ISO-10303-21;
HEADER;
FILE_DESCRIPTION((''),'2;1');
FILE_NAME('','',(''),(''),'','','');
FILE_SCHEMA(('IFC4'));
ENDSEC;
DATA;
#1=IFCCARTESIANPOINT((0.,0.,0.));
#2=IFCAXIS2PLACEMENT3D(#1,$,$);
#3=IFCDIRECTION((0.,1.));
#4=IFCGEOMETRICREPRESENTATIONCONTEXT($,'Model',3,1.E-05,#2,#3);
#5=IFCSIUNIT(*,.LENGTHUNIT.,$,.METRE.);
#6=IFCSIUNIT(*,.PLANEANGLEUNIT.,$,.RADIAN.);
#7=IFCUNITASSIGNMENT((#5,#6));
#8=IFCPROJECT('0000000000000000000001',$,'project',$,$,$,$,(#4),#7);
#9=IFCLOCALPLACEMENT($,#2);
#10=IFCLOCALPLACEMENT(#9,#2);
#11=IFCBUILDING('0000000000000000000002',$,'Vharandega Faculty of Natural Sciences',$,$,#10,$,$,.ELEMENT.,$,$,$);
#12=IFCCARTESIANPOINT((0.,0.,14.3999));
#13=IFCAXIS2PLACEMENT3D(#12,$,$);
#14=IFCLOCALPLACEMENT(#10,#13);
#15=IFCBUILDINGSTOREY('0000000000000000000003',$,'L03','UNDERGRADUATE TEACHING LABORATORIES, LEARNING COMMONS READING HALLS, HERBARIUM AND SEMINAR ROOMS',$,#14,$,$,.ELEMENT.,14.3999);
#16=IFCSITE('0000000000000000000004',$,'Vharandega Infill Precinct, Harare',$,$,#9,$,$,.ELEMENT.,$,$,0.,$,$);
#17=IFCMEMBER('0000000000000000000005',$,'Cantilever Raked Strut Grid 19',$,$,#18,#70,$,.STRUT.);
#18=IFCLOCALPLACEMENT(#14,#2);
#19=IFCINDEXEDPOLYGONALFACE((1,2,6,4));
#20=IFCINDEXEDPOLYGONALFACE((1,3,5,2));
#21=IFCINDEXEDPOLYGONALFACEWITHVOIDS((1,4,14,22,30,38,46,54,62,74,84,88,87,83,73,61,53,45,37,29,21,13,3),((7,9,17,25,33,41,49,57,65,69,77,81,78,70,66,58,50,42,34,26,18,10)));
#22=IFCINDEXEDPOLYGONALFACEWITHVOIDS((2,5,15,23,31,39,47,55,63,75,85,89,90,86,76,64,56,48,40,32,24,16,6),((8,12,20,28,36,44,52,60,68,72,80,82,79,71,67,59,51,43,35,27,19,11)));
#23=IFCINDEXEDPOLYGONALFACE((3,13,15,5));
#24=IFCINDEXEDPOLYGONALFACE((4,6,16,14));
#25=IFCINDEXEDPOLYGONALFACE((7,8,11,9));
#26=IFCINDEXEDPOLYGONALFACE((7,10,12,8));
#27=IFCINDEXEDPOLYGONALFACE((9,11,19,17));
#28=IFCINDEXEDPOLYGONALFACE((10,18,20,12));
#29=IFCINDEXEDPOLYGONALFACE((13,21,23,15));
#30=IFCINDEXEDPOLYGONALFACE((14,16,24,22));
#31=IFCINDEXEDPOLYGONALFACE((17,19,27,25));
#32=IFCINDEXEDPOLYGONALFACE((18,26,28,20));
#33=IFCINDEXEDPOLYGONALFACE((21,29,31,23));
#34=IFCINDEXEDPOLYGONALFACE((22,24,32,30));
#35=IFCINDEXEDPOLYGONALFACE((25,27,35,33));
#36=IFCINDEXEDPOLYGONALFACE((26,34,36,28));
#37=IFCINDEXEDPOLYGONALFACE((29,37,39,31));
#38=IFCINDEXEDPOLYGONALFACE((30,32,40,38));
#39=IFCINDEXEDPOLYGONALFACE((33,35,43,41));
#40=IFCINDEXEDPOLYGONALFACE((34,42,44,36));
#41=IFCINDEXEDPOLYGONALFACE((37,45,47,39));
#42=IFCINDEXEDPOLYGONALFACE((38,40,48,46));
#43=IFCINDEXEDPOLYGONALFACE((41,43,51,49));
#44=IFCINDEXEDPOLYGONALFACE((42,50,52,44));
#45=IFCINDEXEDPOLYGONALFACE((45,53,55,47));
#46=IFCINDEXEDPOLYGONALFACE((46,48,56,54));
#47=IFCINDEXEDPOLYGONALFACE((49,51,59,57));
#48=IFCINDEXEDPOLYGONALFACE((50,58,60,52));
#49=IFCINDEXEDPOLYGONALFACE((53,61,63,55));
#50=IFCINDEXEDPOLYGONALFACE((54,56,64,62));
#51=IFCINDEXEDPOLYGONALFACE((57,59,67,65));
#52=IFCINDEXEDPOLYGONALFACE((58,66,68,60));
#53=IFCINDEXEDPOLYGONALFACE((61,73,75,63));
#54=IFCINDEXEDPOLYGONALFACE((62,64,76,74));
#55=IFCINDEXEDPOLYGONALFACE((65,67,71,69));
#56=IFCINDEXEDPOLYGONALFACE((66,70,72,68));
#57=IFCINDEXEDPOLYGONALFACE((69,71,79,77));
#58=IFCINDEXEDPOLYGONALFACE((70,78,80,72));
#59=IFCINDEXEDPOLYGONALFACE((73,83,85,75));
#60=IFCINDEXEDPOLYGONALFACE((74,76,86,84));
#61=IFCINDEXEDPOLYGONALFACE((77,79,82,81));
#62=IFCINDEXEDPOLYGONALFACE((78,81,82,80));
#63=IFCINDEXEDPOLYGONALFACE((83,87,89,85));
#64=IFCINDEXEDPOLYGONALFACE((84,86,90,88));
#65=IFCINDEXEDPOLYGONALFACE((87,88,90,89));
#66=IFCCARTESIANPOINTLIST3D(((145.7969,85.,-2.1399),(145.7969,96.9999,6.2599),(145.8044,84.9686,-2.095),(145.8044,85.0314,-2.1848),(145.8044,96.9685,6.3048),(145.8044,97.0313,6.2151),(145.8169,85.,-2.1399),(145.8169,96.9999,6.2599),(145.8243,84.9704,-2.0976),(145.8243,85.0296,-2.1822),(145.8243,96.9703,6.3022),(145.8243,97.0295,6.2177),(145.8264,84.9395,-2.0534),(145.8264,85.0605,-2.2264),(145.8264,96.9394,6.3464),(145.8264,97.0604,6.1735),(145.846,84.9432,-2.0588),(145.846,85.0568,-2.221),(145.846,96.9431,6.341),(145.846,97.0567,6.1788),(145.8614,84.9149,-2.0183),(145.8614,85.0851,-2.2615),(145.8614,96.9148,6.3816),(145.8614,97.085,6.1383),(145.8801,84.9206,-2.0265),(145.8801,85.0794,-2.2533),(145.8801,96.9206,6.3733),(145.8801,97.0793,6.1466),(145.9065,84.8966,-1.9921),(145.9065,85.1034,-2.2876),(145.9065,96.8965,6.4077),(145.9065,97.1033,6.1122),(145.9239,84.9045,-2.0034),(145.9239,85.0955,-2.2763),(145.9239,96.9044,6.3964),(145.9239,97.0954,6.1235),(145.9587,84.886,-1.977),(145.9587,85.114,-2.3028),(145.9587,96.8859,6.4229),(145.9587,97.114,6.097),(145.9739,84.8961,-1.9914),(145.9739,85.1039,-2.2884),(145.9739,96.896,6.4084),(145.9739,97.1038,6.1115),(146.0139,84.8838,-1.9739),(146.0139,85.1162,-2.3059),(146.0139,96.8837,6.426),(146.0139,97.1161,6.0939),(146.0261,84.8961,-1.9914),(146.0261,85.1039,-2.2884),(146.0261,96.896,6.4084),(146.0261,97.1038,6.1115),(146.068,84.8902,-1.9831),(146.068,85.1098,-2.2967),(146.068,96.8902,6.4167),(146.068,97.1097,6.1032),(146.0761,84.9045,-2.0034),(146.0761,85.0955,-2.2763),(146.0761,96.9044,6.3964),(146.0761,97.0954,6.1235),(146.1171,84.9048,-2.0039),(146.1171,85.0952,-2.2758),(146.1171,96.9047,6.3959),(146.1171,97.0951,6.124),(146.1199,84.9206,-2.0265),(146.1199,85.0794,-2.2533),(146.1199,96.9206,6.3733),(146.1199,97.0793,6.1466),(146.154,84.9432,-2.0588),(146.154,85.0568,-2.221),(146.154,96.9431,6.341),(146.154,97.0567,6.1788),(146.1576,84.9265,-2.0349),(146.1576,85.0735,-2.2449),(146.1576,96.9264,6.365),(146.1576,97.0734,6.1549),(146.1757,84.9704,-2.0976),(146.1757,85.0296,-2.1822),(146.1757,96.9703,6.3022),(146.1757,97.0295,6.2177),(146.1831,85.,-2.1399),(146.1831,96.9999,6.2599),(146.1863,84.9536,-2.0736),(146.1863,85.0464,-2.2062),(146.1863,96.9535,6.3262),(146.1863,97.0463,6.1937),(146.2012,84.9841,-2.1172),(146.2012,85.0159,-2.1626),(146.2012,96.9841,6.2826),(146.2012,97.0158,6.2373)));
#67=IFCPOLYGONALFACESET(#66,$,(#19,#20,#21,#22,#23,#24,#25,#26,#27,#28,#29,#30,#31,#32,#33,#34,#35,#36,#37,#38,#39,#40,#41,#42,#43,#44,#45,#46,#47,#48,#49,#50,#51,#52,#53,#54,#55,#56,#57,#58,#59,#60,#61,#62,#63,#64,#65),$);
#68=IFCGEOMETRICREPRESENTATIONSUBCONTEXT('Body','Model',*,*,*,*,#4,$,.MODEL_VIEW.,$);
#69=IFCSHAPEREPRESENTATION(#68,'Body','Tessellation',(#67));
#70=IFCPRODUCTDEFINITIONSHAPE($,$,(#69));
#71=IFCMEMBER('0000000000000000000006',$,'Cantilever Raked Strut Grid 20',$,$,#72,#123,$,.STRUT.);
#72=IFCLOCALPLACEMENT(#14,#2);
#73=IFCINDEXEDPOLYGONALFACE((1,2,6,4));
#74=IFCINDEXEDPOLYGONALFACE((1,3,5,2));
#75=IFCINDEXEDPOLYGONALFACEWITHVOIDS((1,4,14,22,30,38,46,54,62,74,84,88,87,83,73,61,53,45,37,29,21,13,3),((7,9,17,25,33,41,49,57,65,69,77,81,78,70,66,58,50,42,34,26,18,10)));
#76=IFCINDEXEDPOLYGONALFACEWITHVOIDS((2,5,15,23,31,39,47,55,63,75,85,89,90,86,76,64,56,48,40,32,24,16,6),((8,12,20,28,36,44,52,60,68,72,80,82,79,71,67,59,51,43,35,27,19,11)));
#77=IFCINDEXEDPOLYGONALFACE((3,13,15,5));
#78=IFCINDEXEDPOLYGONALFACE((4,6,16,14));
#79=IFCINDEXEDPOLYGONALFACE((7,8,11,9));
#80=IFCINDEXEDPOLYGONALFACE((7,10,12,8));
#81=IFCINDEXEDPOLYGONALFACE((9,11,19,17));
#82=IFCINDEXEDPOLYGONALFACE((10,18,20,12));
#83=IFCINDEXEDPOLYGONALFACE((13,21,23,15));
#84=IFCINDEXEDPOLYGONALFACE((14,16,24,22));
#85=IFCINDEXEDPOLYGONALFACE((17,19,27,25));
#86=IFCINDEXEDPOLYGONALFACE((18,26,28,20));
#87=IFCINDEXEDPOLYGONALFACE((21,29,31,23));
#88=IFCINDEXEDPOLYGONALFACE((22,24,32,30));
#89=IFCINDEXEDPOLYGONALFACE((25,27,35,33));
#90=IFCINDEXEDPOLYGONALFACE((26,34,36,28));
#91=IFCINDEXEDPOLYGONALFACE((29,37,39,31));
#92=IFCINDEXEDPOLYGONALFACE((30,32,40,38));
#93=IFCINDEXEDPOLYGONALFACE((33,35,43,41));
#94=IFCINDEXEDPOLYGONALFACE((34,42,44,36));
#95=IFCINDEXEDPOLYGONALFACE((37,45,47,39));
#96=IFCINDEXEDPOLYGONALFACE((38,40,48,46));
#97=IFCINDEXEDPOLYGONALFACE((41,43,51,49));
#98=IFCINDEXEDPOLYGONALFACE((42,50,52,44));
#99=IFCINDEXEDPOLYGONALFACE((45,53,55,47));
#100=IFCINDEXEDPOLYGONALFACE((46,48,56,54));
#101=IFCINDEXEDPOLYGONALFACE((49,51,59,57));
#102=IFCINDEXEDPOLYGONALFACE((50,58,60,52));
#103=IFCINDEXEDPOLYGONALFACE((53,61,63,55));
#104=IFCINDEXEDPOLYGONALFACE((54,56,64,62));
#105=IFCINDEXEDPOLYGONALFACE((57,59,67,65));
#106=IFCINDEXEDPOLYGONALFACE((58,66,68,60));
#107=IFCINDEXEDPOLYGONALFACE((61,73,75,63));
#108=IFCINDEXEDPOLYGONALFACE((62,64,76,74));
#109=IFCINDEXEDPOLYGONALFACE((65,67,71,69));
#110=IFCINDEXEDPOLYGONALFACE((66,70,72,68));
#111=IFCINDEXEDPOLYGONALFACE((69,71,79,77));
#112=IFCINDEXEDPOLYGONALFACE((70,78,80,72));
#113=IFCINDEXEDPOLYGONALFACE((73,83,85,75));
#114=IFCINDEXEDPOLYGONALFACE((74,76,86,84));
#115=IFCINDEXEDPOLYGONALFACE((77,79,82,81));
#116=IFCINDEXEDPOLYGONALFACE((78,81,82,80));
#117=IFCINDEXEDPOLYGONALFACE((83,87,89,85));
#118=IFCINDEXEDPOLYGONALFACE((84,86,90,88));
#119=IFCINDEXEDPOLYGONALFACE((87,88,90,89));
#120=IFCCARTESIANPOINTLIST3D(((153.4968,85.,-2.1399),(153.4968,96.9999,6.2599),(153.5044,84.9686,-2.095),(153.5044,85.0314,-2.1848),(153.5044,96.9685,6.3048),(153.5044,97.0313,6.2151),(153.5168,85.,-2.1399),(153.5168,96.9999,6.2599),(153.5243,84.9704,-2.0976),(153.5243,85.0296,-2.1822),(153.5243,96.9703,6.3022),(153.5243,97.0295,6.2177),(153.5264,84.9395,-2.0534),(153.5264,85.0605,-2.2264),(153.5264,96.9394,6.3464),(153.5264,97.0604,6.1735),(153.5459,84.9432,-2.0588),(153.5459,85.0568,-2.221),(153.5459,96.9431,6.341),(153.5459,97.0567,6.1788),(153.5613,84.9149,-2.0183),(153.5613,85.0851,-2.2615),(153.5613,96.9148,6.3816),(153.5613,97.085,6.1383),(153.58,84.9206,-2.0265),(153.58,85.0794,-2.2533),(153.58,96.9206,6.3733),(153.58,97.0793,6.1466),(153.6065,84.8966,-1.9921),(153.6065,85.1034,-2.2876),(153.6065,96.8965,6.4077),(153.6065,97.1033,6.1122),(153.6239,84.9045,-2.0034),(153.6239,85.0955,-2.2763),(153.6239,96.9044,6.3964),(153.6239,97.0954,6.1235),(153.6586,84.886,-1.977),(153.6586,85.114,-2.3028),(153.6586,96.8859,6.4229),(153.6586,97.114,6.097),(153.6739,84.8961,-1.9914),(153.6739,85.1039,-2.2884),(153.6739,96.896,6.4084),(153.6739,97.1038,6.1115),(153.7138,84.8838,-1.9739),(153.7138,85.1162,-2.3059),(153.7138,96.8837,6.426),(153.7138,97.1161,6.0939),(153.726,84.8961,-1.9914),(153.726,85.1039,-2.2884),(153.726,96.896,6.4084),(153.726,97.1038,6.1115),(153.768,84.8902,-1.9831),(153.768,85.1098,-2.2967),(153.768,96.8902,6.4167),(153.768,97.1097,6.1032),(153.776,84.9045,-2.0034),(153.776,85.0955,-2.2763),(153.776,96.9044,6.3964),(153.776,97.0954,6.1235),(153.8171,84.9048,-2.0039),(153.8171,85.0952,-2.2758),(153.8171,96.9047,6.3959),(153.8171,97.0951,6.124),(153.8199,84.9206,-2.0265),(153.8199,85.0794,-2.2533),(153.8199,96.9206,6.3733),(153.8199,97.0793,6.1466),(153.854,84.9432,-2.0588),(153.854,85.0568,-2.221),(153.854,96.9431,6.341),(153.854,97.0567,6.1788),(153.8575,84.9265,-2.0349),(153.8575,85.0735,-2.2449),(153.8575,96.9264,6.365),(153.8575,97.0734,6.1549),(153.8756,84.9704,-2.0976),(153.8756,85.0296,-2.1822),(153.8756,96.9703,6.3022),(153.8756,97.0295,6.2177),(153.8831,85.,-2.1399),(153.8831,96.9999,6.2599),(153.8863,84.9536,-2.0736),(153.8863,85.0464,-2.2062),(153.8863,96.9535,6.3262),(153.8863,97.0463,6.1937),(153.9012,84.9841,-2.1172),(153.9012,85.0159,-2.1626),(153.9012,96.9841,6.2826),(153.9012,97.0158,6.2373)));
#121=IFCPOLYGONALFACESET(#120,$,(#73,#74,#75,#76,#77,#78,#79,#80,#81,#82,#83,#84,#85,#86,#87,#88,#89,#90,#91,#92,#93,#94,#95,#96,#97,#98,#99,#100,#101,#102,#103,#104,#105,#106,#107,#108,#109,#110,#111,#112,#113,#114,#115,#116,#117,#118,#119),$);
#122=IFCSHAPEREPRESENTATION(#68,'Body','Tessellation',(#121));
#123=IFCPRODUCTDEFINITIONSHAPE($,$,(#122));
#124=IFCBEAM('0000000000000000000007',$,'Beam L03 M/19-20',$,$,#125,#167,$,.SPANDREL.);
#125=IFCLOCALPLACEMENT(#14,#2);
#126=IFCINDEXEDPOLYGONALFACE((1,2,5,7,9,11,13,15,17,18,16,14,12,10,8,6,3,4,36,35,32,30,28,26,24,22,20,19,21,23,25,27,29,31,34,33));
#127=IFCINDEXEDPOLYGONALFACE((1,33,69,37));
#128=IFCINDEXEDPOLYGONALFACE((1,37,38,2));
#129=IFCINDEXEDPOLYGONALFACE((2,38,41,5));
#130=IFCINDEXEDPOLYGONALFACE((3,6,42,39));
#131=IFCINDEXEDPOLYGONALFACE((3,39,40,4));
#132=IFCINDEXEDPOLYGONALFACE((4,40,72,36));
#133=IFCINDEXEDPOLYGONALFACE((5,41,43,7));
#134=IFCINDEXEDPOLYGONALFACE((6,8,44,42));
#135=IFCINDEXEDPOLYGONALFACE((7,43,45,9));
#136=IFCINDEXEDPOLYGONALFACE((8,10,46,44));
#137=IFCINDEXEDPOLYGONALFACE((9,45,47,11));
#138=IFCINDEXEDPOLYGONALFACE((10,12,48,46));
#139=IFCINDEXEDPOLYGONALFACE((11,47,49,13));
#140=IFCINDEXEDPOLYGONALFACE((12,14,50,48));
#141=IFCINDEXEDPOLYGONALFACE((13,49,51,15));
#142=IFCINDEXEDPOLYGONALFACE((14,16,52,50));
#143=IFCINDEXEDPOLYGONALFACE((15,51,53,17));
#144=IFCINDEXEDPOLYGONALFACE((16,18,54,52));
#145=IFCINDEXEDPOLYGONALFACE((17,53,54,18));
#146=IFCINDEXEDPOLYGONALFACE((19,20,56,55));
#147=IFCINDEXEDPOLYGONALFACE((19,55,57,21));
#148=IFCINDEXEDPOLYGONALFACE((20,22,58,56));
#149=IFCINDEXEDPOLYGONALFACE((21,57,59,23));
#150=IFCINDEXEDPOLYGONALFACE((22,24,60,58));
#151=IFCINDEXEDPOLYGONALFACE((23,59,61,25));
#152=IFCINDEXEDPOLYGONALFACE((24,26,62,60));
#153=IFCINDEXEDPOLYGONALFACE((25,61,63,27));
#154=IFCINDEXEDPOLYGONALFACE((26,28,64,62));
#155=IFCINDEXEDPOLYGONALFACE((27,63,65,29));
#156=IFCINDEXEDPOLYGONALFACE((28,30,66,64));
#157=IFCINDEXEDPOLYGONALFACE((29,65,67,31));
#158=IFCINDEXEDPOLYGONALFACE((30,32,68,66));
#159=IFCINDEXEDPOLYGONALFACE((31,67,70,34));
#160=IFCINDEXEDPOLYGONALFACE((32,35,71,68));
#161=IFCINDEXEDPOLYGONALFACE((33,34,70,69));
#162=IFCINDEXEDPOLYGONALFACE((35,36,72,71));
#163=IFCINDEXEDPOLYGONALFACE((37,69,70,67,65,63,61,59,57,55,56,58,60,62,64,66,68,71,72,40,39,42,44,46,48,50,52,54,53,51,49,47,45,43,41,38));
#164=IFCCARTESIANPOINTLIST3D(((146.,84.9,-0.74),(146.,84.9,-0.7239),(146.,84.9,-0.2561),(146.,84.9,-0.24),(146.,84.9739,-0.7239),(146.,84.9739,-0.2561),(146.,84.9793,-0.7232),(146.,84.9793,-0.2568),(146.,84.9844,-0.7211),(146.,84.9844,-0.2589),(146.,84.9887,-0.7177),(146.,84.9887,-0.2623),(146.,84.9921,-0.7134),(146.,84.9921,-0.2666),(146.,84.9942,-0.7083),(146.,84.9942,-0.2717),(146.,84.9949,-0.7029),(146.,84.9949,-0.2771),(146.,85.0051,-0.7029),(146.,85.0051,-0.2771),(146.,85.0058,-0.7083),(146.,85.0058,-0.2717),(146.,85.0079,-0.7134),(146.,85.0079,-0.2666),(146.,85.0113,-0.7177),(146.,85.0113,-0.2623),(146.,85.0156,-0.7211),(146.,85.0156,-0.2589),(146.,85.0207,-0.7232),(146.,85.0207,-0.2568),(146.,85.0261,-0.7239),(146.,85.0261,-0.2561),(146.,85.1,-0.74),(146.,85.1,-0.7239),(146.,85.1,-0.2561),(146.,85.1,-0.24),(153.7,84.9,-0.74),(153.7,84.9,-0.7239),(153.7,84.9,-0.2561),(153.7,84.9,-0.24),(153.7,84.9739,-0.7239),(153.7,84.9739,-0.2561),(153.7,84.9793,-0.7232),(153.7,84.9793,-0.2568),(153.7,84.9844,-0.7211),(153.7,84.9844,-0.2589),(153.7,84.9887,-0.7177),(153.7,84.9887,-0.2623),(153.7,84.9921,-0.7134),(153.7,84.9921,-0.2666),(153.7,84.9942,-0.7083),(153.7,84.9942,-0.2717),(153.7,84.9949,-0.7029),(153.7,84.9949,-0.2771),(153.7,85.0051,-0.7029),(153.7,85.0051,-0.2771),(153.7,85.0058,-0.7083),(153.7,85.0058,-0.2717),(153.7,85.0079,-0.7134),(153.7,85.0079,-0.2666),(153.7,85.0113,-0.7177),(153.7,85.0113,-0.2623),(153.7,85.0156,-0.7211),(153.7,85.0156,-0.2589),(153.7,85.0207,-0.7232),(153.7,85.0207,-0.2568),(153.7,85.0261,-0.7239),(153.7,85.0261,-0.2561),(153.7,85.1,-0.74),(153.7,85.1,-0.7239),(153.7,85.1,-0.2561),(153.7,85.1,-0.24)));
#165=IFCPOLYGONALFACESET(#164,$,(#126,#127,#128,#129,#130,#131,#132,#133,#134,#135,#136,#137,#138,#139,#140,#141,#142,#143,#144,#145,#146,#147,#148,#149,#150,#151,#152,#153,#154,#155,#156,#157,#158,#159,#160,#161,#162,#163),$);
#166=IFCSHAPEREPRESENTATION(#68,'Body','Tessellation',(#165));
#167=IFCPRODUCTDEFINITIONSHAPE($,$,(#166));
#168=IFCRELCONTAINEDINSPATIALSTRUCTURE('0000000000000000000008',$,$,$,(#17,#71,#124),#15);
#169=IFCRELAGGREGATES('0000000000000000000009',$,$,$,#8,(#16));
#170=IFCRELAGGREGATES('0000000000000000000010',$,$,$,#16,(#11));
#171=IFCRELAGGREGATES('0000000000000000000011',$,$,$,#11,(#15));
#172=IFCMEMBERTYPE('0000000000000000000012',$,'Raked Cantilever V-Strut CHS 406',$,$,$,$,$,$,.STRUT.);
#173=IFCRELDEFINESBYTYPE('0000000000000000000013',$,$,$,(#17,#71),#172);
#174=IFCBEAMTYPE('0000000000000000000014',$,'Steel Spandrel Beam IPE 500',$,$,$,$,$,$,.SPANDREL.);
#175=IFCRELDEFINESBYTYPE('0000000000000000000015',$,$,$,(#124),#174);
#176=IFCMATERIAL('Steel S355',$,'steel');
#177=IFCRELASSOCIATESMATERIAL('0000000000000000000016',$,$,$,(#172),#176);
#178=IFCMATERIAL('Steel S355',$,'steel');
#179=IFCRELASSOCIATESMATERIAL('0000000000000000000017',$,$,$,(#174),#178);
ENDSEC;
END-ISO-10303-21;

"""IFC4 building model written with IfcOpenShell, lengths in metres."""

from ifc_helpers import new_model, si_unit, direction, frame, origin, origin_2d, place, context, subcontext, project, spatial, hollow_circle, i_section, extrude, material, material_profile, profile_set, type_object, element, save


model = new_model("IFC4")

# Units and contexts
model_context = context("Model", 3, precision=1e-05, world=origin(), true_north=direction((0.0, 1.0)))
body_context = subcontext(model_context, "Body", "Model", "MODEL_VIEW")
ifc_project = project(units=[si_unit("LENGTHUNIT", "METRE"), si_unit("PLANEANGLEUNIT", "RADIAN")], contexts=[model_context])

# Site, building, storey
site_placement = place(None, origin())
site = spatial("IfcSite", under=ifc_project, at=site_placement, Name="Vharandega Infill Precinct, Harare", CompositionType="ELEMENT", RefElevation=0.0)
building_placement = place(site_placement, origin())
building = spatial("IfcBuilding", under=site, at=building_placement, Name="Vharandega Faculty of Natural Sciences", CompositionType="ELEMENT")
storey_placement = place(building_placement, frame((0.0, 0.0, 14.3999)))
storey = spatial("IfcBuildingStorey", under=building, at=storey_placement, Name="L03", Description="UNDERGRADUATE TEACHING LABORATORIES, LEARNING COMMONS READING HALLS, HERBARIUM AND SEMINAR ROOMS", CompositionType="ELEMENT", Elevation=14.3999)

# Members
ifc_material_1 = material(Name="Steel S355", Category="steel")
ifc_material_profile_1 = material_profile(ifc_material_1, hollow_circle(Radius=0.2031, WallThickness=0.02, at=origin_2d()), Name="CHS 406.4x20")
ifc_profile_set_1 = profile_set([ifc_material_profile_1], Name="Steel S355")
member_type_1 = type_object("IfcMemberType", Name="Raked Cantilever V-Strut CHS 406", PredefinedType="STRUT", material=ifc_profile_set_1)
for number, where, z_axis, x_axis, name in (
    (1, (146.0, 85.0, -2.1399), (0.0, 0.819235, 0.573458), (-1.0, 0.0, 0.0), "Cantilever Raked Strut Grid 19"),
    (2, (153.7, 85.0, -2.1399), (0.0, 0.819235, 0.573458), (-1.0, 0.0, 0.0), "Cantilever Raked Strut Grid 20"),
):
    element("IfcMember", number, at=place(storey_placement, frame(where, z_axis=z_axis, x_axis=x_axis)), inside=storey, type_object=member_type_1, Name=name, PredefinedType="STRUT", context=body_context, shape_type="SweptSolid", body=[
        extrude(hollow_circle(Radius=0.2031, WallThickness=0.02, at=origin_2d()), origin(), (0.0, 0.0, 1.0), 14.6477),
    ])

# Beam
ifc_material_2 = material(Name="Steel S355", Category="steel")
ifc_material_profile_2 = material_profile(ifc_material_2, i_section(OverallWidth=0.2, OverallDepth=0.5, WebThickness=0.0103, FlangeThickness=0.0161, FilletRadius=0.021, at=origin_2d()), Name="IPE 500")
ifc_profile_set_2 = profile_set([ifc_material_profile_2], Name="Steel S355")
beam_type_1 = type_object("IfcBeamType", Name="Steel Spandrel Beam IPE 500", PredefinedType="SPANDREL", material=ifc_profile_set_2)
for number, where, z_axis, x_axis, name in (
    (3, (146.0, 85.0, -0.49), (1.0, 0.0, 0.0), (0.0, 1.0, 0.0), "Beam L03 M/19-20"),
):
    element("IfcBeam", number, at=place(storey_placement, frame(where, z_axis=z_axis, x_axis=x_axis)), inside=storey, type_object=beam_type_1, Name=name, PredefinedType="SPANDREL", context=body_context, shape_type="SweptSolid", body=[
        extrude(i_section(OverallWidth=0.2, OverallDepth=0.5, WebThickness=0.0103, FlangeThickness=0.0161, FilletRadius=0.021, at=origin_2d()), origin(), (0.0, 0.0, 1.0), 7.7),
    ])

save(model, "model.ifc")
